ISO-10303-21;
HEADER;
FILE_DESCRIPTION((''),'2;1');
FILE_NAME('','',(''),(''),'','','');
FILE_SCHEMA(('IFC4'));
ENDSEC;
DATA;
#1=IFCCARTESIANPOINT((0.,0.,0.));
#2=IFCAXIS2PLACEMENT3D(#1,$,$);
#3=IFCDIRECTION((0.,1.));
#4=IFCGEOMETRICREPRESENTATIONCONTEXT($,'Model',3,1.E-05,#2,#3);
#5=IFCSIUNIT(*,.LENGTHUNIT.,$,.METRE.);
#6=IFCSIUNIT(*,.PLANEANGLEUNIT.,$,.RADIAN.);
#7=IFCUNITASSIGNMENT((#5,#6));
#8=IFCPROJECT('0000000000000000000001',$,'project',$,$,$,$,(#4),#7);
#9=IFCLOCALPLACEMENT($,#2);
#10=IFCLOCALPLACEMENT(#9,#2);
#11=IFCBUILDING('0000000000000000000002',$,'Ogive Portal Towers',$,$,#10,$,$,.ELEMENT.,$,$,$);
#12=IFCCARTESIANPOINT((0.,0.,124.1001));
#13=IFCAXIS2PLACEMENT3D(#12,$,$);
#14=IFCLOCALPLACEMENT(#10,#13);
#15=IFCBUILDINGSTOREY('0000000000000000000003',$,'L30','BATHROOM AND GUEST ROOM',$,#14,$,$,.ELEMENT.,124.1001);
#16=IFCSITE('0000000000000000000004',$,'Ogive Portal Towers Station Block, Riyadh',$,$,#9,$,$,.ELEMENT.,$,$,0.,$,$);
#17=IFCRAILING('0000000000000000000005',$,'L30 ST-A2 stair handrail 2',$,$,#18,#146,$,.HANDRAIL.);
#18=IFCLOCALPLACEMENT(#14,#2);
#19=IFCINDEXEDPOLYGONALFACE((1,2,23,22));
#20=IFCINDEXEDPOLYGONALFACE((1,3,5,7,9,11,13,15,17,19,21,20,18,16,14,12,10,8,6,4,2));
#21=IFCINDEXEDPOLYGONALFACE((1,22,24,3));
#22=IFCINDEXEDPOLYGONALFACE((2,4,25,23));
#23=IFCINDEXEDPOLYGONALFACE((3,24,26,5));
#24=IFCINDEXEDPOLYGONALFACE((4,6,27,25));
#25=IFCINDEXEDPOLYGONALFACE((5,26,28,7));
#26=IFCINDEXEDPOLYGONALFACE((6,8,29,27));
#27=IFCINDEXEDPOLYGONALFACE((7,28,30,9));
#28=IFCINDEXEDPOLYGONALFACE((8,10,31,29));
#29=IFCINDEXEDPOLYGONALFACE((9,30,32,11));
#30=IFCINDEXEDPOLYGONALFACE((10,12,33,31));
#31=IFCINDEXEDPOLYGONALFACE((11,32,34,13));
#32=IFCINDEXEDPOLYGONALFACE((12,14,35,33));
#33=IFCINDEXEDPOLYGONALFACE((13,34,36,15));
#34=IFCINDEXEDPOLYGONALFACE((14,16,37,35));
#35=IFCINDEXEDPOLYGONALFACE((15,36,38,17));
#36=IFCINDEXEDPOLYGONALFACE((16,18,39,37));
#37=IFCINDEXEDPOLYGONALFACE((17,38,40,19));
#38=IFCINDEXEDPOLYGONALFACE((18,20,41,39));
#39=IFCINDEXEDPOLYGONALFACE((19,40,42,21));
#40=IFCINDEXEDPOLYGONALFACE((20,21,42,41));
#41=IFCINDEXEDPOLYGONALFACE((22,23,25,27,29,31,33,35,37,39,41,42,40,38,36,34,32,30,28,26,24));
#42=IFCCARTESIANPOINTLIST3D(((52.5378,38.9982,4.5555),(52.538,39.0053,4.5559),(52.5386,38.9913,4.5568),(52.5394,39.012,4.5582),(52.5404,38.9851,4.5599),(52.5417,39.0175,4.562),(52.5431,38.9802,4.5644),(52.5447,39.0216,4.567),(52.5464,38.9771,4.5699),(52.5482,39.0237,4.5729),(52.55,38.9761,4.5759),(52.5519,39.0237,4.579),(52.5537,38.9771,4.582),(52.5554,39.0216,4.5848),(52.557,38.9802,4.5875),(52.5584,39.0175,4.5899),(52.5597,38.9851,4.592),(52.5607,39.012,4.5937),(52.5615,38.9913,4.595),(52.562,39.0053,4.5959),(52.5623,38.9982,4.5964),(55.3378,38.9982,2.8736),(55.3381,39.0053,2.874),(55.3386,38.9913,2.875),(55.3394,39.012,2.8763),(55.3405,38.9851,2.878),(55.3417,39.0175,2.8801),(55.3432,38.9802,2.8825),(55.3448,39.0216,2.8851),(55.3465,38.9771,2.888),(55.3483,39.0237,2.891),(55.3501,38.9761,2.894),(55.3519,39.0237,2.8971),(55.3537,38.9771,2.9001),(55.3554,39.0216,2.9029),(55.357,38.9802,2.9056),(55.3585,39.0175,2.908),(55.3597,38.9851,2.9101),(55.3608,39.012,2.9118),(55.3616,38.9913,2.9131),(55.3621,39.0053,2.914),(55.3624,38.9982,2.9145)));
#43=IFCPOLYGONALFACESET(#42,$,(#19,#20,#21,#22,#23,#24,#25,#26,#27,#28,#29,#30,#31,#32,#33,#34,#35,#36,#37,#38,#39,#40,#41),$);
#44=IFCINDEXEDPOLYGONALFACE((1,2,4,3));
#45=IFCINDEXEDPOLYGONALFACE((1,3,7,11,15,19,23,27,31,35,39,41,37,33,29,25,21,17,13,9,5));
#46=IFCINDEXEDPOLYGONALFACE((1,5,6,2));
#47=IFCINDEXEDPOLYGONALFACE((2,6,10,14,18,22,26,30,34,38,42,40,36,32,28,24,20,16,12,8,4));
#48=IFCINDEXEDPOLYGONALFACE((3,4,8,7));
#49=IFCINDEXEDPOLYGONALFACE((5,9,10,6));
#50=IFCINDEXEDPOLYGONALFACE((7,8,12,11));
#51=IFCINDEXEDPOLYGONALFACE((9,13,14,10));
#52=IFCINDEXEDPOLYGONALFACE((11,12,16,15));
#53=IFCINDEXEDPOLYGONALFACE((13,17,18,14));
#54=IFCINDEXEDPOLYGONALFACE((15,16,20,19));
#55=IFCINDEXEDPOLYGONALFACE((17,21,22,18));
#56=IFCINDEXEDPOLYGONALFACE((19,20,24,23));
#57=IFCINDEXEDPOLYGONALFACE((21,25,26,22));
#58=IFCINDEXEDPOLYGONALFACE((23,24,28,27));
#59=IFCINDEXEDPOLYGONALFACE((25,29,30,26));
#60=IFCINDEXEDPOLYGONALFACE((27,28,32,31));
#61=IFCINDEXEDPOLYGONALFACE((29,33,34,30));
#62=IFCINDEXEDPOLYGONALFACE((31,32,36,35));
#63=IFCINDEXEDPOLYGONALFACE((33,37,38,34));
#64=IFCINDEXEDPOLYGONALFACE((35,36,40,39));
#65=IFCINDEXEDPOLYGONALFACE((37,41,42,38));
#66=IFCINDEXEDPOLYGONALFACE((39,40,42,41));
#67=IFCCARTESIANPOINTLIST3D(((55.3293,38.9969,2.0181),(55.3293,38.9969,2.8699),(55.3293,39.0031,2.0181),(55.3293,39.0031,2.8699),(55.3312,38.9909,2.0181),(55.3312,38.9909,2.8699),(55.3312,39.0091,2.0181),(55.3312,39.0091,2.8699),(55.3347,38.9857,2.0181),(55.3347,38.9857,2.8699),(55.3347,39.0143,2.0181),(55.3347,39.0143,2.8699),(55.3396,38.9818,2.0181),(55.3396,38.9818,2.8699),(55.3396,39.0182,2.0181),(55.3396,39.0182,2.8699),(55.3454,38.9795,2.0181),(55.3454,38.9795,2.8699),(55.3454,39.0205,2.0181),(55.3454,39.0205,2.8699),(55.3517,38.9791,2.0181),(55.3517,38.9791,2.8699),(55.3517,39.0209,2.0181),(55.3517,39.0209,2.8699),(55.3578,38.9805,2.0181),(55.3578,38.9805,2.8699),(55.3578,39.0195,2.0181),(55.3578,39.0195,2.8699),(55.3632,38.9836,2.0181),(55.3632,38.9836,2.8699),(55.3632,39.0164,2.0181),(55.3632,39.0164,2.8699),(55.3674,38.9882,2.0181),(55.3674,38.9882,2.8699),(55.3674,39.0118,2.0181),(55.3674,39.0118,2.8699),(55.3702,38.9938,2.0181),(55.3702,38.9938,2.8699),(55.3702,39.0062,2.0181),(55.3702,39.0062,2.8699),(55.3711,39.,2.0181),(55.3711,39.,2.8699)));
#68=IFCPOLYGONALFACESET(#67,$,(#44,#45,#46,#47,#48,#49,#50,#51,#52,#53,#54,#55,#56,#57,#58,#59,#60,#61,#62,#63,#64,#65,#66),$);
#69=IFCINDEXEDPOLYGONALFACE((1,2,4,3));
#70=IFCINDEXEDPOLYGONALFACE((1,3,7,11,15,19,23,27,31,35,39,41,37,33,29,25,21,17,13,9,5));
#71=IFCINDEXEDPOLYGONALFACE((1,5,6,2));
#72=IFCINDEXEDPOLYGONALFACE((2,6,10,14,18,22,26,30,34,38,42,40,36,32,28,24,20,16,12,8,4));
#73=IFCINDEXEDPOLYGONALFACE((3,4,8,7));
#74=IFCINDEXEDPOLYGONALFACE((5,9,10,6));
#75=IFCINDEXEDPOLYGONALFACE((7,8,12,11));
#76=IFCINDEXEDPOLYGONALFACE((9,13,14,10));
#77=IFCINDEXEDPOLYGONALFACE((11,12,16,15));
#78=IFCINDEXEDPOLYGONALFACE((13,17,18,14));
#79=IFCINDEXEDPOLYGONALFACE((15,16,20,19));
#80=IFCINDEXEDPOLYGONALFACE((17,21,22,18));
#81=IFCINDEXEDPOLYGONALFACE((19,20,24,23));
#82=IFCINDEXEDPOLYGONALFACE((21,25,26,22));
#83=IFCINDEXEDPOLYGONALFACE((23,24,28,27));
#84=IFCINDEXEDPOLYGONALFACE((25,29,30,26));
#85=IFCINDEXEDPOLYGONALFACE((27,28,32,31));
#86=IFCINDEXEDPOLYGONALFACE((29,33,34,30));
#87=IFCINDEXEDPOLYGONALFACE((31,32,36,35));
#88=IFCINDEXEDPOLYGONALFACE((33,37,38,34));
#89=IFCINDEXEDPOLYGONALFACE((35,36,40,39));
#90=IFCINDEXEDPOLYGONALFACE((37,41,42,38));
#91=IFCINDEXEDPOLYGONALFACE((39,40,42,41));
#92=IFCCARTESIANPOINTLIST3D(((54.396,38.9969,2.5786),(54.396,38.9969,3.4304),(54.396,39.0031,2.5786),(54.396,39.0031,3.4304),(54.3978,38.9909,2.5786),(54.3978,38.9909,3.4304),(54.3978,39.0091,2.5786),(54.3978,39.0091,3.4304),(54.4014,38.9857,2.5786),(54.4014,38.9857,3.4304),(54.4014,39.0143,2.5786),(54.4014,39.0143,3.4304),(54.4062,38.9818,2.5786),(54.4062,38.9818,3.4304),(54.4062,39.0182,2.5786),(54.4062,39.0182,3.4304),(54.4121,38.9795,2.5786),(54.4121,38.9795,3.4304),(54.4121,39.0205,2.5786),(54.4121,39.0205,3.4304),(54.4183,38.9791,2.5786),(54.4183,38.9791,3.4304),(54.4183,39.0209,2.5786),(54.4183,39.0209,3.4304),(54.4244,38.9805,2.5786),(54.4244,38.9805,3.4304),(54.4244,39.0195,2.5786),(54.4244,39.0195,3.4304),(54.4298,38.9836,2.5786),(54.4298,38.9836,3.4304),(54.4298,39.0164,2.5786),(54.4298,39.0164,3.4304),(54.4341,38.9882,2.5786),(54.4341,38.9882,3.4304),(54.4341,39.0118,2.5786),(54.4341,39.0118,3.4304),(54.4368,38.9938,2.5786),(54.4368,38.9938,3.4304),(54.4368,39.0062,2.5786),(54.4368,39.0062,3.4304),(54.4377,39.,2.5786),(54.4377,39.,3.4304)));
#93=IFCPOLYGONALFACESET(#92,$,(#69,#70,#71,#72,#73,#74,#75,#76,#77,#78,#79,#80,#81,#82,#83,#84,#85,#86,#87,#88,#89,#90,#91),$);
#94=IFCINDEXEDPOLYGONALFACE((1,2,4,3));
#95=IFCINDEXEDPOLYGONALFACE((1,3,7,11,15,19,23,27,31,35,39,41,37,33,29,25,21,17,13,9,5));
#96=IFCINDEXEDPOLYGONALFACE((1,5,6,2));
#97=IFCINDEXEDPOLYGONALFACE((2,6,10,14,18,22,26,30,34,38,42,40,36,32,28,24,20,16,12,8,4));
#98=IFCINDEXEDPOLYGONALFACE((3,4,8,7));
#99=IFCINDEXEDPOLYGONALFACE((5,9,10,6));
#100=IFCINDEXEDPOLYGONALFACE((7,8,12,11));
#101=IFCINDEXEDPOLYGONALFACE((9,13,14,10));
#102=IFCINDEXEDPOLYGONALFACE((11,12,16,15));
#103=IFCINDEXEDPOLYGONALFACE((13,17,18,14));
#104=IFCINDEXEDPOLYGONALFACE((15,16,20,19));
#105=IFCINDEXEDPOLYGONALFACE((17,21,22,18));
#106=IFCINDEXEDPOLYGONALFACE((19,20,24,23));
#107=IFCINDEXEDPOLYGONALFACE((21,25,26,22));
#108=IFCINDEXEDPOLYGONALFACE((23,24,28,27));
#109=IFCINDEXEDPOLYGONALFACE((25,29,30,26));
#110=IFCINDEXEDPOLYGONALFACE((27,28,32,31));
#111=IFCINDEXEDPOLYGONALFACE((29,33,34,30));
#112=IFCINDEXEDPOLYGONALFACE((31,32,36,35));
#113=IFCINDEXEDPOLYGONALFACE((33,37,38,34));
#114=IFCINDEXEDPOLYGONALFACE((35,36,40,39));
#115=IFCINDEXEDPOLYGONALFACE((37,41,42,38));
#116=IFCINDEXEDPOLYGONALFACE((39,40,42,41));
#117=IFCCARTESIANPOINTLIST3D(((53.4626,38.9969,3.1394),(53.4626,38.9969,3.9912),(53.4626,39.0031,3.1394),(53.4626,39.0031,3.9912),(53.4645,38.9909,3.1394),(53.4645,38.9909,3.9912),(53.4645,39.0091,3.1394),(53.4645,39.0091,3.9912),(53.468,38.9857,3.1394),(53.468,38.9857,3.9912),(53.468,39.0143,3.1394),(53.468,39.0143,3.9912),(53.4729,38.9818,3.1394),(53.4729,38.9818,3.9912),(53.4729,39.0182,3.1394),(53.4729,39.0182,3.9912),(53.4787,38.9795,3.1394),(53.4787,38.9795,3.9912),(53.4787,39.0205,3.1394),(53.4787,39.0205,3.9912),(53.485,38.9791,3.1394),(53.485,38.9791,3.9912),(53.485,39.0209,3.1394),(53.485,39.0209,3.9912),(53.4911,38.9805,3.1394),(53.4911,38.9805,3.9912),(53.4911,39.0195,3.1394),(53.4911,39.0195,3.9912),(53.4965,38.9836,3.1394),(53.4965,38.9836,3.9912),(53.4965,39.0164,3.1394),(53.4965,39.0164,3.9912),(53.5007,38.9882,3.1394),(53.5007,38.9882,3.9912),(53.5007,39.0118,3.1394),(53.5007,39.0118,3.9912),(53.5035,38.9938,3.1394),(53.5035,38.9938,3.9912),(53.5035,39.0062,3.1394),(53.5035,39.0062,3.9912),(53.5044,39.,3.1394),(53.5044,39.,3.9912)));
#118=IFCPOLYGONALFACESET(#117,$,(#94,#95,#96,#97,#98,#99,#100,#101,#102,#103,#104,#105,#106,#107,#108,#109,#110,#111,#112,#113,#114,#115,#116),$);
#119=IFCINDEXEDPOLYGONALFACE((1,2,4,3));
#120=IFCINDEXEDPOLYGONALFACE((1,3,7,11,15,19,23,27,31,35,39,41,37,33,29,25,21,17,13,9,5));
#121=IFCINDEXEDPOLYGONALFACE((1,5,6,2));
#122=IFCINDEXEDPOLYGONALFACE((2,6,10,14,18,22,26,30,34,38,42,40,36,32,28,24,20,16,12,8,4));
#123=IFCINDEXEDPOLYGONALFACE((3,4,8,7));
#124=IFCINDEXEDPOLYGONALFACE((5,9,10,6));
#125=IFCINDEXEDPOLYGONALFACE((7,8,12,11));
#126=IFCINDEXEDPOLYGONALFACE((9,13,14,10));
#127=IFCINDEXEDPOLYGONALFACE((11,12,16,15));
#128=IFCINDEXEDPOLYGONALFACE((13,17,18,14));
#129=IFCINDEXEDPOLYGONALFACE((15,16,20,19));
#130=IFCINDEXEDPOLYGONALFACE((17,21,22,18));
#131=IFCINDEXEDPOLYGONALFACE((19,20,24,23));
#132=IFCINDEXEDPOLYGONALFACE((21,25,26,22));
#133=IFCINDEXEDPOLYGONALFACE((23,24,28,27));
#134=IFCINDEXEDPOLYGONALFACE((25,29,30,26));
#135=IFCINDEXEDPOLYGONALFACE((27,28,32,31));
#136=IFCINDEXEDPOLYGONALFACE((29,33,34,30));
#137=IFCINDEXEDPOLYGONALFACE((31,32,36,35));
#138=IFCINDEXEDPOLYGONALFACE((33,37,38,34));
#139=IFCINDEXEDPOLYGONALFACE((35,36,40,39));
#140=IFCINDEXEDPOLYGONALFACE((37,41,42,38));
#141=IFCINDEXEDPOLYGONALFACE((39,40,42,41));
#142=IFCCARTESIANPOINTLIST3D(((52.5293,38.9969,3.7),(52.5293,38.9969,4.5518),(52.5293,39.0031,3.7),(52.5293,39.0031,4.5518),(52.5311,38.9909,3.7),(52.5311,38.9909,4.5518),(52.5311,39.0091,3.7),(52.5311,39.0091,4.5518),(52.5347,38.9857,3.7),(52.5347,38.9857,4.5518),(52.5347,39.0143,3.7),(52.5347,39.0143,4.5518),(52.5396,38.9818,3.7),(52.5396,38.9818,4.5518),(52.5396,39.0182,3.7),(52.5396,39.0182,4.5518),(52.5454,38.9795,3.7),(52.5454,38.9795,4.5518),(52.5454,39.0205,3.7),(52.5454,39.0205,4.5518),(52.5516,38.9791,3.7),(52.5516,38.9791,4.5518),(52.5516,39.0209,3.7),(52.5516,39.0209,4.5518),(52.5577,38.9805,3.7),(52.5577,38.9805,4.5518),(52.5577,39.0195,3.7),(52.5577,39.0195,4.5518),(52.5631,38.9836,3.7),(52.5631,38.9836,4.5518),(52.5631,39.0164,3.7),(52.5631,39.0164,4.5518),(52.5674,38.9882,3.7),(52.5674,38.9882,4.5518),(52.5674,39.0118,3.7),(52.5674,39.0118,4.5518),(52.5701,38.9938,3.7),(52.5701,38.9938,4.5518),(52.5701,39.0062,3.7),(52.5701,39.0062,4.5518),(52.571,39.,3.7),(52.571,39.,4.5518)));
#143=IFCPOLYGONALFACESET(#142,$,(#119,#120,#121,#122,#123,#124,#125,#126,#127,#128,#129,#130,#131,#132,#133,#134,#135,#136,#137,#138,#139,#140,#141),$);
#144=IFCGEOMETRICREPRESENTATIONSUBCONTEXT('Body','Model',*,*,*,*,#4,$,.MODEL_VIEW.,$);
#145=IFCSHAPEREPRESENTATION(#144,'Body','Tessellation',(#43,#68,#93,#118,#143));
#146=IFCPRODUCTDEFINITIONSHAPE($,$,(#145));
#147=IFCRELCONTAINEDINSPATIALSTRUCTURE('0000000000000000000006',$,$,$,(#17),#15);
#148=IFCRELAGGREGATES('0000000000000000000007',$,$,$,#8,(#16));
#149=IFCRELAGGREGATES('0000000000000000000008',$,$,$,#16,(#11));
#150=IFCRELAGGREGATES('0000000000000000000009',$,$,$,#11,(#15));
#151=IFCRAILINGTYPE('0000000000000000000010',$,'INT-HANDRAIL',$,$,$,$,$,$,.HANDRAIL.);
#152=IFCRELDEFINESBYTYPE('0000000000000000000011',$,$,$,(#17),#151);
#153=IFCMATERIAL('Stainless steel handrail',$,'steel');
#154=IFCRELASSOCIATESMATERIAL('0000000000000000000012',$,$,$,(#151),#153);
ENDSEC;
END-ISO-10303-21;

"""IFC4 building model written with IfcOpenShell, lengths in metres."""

from ifc_helpers import new_model, si_unit, direction, frame, origin, origin_2d, place, context, subcontext, project, spatial, circle, extrude, material, type_object, element, save


model = new_model("IFC4")

# Units and contexts
model_context = context("Model", 3, precision=1e-05, world=origin(), true_north=direction((0.0, 1.0)))
body_context = subcontext(model_context, "Body", "Model", "MODEL_VIEW")
ifc_project = project(units=[si_unit("LENGTHUNIT", "METRE"), si_unit("PLANEANGLEUNIT", "RADIAN")], contexts=[model_context])

# Site, building, storey
site_placement = place(None, origin())
site = spatial("IfcSite", under=ifc_project, at=site_placement, Name="Ogive Portal Towers Station Block, Riyadh", CompositionType="ELEMENT", RefElevation=0.0)
building_placement = place(site_placement, origin())
building = spatial("IfcBuilding", under=site, at=building_placement, Name="Ogive Portal Towers", CompositionType="ELEMENT")
storey_placement = place(building_placement, frame((0.0, 0.0, 124.1001)))
storey = spatial("IfcBuildingStorey", under=building, at=storey_placement, Name="L30", Description="BATHROOM AND GUEST ROOM", CompositionType="ELEMENT", Elevation=124.1001)

# Railing
ifc_material_1 = material(Name="Stainless steel handrail", Category="steel")
railing_type_1 = type_object("IfcRailingType", Name="INT-HANDRAIL", PredefinedType="HANDRAIL", material=ifc_material_1)
railing_1_placement = place(storey_placement, frame((55.3501, 39.0, 2.0181)))
element("IfcRailing", 1, at=railing_1_placement, inside=storey, type_object=railing_type_1, Name="L30 ST-A2 stair handrail 2", PredefinedType="HANDRAIL", context=body_context, shape_type="SweptSolid", body=[
    extrude(circle(Radius=0.0239, at=origin_2d()), frame((0.0, 0.0, 0.876), z_axis=(-0.857242, 0.0, 0.514913), x_axis=(0.0, -1.0, 0.0)), (0.0, 0.0, 1.0), 3.2664),
    extrude(circle(Radius=0.021, at=origin_2d()), origin(), (0.0, 0.0, 1.0), 0.8518),
    extrude(circle(Radius=0.021, at=origin_2d()), frame((-0.9333, 0.0, 0.5605)), (0.0, 0.0, 1.0), 0.8518),
    extrude(circle(Radius=0.021, at=origin_2d()), frame((-1.8667, 0.0, 1.1213)), (0.0, 0.0, 1.0), 0.8518),
    extrude(circle(Radius=0.021, at=origin_2d()), frame((-2.8, 0.0, 1.6819)), (0.0, 0.0, 1.0), 0.8518),
])

save(model, "model.ifc")
